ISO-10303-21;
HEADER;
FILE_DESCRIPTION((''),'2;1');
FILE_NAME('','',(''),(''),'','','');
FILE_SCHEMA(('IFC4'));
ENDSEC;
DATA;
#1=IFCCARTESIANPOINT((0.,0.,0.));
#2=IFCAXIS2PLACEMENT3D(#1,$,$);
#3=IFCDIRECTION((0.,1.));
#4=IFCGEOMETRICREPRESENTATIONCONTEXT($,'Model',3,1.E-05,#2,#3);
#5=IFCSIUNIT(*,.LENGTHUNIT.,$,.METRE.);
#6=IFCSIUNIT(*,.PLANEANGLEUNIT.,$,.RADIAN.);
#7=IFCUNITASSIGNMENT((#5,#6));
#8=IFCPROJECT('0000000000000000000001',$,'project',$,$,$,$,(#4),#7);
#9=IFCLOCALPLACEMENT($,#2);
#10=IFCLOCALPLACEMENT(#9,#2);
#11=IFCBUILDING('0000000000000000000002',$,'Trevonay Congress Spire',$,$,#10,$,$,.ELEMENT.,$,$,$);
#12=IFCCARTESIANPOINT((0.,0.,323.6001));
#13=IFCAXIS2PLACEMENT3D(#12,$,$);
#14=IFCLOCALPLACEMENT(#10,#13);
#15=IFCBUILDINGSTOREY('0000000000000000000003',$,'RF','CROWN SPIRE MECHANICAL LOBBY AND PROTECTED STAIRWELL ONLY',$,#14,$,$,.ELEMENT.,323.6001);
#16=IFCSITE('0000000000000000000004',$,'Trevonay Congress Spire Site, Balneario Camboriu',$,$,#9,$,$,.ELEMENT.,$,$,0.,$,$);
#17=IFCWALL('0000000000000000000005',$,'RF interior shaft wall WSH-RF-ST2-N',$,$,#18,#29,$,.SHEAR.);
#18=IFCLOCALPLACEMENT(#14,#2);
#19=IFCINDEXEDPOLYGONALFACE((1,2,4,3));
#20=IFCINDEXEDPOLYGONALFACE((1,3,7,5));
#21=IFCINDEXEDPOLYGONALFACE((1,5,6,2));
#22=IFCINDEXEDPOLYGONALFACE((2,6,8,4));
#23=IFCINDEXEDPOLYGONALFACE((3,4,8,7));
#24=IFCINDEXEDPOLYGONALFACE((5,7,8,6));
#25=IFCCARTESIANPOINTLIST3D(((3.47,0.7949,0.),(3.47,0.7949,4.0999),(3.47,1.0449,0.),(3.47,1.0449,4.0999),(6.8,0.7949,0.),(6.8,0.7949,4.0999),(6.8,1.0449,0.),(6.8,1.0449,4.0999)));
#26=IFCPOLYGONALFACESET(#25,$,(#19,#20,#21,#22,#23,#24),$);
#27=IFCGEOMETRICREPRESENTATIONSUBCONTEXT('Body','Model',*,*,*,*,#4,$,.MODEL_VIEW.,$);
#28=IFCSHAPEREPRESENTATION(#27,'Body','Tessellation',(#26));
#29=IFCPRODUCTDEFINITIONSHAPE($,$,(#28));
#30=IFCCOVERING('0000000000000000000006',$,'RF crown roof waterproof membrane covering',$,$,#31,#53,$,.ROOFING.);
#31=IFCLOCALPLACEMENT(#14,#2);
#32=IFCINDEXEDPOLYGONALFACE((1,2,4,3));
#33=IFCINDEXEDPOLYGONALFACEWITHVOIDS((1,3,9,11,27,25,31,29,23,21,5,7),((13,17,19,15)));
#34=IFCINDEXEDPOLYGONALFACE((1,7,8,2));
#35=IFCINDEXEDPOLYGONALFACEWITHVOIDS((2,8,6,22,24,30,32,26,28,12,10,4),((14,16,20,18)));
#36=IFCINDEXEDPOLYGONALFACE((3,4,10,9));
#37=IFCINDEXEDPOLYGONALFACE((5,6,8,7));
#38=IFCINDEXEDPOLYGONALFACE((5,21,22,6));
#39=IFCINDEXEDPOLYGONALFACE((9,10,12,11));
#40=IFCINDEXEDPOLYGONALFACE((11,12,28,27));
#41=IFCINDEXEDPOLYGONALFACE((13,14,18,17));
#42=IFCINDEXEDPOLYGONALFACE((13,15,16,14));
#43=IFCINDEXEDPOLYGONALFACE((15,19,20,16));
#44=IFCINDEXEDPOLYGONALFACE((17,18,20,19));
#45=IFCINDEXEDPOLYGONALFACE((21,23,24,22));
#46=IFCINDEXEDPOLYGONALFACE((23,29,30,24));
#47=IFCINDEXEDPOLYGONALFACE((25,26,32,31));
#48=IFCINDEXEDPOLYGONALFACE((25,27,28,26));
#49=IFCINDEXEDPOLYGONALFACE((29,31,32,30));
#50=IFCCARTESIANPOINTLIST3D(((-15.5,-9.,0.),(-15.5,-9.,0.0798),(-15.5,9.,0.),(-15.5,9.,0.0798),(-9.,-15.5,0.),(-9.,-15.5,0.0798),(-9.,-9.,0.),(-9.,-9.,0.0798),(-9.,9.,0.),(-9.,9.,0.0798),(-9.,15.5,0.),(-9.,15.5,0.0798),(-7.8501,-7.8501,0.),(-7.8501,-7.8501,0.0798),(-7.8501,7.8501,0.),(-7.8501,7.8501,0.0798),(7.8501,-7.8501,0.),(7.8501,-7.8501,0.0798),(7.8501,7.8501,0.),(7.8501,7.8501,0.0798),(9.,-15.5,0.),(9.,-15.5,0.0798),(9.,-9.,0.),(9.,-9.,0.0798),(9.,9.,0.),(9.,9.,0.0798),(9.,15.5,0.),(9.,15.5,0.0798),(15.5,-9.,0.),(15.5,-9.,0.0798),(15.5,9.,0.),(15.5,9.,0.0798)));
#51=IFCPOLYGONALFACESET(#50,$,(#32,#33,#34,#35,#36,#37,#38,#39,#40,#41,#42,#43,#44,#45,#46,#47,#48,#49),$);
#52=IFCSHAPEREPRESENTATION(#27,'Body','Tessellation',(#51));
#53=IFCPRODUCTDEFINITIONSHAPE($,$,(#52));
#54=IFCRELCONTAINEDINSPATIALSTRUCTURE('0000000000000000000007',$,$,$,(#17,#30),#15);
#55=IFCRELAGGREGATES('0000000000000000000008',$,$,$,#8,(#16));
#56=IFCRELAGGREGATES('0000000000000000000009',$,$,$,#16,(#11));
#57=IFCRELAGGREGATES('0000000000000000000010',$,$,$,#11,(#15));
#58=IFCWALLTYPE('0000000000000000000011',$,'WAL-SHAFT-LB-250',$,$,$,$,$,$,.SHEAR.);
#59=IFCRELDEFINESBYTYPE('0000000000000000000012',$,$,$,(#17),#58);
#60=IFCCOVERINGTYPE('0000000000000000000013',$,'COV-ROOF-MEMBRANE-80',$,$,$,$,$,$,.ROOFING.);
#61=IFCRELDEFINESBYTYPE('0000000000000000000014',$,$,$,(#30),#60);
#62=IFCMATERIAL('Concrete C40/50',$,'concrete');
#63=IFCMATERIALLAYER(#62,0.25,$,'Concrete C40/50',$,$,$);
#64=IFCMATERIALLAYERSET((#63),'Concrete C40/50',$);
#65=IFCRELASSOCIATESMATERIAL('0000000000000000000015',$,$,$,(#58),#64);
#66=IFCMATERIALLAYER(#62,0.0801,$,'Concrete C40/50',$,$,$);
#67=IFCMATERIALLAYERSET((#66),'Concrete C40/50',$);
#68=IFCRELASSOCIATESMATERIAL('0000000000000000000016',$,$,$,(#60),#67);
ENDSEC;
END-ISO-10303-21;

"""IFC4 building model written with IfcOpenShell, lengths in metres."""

from ifc_helpers import new_model, si_unit, direction, frame, frame_2d, origin, place, context, subcontext, project, spatial, polyline, rectangle, outline, extrude, material, layer, layer_set, type_object, element, save


model = new_model("IFC4")

# Units and contexts
model_context = context("Model", 3, precision=1e-05, world=origin(), true_north=direction((0.0, 1.0)))
body_context = subcontext(model_context, "Body", "Model", "MODEL_VIEW")
ifc_project = project(units=[si_unit("LENGTHUNIT", "METRE"), si_unit("PLANEANGLEUNIT", "RADIAN")], contexts=[model_context])

# Site, building, storey
site_placement = place(None, origin())
site = spatial("IfcSite", under=ifc_project, at=site_placement, Name="Trevonay Congress Spire Site, Balneario Camboriu", CompositionType="ELEMENT", RefElevation=0.0)
building_placement = place(site_placement, origin())
building = spatial("IfcBuilding", under=site, at=building_placement, Name="Trevonay Congress Spire", CompositionType="ELEMENT")
storey_placement = place(building_placement, frame((0.0, 0.0, 323.6001)))
storey = spatial("IfcBuildingStorey", under=building, at=storey_placement, Name="RF", Description="CROWN SPIRE MECHANICAL LOBBY AND PROTECTED STAIRWELL ONLY", CompositionType="ELEMENT", Elevation=323.6001)

# Shared definitions
ifc_material_1 = material(Name="Concrete C40/50", Category="concrete")

# Wall
ifc_layer_1 = layer(ifc_material_1, 0.25, Name="Concrete C40/50")
ifc_layer_set_1 = layer_set([ifc_layer_1], Name="Concrete C40/50")
wall_type_1 = type_object("IfcWallType", Name="WAL-SHAFT-LB-250", PredefinedType="SHEAR", material=ifc_layer_set_1)
wall_1_placement = place(storey_placement, frame((3.47, 0.9199, 0.0), z_axis=(0.0, 0.0, 1.0), x_axis=(1.0, 0.0, 0.0)))
element("IfcWall", 1, at=wall_1_placement, inside=storey, type_object=wall_type_1, Name="RF interior shaft wall WSH-RF-ST2-N", PredefinedType="SHEAR", context=body_context, shape_type="SweptSolid", body=[
    extrude(rectangle(XDim=3.3301, YDim=0.25, at=frame_2d((1.665, 0.0))), origin(), (0.0, 0.0, 1.0), 4.0999),
])

# Covering
ifc_layer_2 = layer(ifc_material_1, 0.0801, Name="Concrete C40/50")
ifc_layer_set_2 = layer_set([ifc_layer_2], Name="Concrete C40/50")
covering_type = type_object("IfcCoveringType", Name="COV-ROOF-MEMBRANE-80", PredefinedType="ROOFING", material=ifc_layer_set_2)
covering_placement = place(storey_placement, origin())
element("IfcCovering", 2, at=covering_placement, inside=storey, type_object=covering_type, Name="RF crown roof waterproof membrane covering", PredefinedType="ROOFING", context=body_context, shape_type="SweptSolid", body=[
    extrude(outline(polyline([(-9.0, -15.5), (9.0, -15.5), (9.0, -9.0), (15.5, -9.0), (15.5, 9.0), (9.0, 9.0), (9.0, 15.5), (-9.0, 15.5), (-9.0, 9.0), (-15.5, 9.0), (-15.5, -9.0), (-9.0, -9.0), (-9.0, -15.5)]), holes=[polyline([(-7.8501, -7.8501), (7.8501, -7.8501), (7.8501, 7.8501), (-7.8501, 7.8501), (-7.8501, -7.8501)])]), origin(), (0.0, 0.0, 1.0), 0.0798),
])

save(model, "model.ifc")
